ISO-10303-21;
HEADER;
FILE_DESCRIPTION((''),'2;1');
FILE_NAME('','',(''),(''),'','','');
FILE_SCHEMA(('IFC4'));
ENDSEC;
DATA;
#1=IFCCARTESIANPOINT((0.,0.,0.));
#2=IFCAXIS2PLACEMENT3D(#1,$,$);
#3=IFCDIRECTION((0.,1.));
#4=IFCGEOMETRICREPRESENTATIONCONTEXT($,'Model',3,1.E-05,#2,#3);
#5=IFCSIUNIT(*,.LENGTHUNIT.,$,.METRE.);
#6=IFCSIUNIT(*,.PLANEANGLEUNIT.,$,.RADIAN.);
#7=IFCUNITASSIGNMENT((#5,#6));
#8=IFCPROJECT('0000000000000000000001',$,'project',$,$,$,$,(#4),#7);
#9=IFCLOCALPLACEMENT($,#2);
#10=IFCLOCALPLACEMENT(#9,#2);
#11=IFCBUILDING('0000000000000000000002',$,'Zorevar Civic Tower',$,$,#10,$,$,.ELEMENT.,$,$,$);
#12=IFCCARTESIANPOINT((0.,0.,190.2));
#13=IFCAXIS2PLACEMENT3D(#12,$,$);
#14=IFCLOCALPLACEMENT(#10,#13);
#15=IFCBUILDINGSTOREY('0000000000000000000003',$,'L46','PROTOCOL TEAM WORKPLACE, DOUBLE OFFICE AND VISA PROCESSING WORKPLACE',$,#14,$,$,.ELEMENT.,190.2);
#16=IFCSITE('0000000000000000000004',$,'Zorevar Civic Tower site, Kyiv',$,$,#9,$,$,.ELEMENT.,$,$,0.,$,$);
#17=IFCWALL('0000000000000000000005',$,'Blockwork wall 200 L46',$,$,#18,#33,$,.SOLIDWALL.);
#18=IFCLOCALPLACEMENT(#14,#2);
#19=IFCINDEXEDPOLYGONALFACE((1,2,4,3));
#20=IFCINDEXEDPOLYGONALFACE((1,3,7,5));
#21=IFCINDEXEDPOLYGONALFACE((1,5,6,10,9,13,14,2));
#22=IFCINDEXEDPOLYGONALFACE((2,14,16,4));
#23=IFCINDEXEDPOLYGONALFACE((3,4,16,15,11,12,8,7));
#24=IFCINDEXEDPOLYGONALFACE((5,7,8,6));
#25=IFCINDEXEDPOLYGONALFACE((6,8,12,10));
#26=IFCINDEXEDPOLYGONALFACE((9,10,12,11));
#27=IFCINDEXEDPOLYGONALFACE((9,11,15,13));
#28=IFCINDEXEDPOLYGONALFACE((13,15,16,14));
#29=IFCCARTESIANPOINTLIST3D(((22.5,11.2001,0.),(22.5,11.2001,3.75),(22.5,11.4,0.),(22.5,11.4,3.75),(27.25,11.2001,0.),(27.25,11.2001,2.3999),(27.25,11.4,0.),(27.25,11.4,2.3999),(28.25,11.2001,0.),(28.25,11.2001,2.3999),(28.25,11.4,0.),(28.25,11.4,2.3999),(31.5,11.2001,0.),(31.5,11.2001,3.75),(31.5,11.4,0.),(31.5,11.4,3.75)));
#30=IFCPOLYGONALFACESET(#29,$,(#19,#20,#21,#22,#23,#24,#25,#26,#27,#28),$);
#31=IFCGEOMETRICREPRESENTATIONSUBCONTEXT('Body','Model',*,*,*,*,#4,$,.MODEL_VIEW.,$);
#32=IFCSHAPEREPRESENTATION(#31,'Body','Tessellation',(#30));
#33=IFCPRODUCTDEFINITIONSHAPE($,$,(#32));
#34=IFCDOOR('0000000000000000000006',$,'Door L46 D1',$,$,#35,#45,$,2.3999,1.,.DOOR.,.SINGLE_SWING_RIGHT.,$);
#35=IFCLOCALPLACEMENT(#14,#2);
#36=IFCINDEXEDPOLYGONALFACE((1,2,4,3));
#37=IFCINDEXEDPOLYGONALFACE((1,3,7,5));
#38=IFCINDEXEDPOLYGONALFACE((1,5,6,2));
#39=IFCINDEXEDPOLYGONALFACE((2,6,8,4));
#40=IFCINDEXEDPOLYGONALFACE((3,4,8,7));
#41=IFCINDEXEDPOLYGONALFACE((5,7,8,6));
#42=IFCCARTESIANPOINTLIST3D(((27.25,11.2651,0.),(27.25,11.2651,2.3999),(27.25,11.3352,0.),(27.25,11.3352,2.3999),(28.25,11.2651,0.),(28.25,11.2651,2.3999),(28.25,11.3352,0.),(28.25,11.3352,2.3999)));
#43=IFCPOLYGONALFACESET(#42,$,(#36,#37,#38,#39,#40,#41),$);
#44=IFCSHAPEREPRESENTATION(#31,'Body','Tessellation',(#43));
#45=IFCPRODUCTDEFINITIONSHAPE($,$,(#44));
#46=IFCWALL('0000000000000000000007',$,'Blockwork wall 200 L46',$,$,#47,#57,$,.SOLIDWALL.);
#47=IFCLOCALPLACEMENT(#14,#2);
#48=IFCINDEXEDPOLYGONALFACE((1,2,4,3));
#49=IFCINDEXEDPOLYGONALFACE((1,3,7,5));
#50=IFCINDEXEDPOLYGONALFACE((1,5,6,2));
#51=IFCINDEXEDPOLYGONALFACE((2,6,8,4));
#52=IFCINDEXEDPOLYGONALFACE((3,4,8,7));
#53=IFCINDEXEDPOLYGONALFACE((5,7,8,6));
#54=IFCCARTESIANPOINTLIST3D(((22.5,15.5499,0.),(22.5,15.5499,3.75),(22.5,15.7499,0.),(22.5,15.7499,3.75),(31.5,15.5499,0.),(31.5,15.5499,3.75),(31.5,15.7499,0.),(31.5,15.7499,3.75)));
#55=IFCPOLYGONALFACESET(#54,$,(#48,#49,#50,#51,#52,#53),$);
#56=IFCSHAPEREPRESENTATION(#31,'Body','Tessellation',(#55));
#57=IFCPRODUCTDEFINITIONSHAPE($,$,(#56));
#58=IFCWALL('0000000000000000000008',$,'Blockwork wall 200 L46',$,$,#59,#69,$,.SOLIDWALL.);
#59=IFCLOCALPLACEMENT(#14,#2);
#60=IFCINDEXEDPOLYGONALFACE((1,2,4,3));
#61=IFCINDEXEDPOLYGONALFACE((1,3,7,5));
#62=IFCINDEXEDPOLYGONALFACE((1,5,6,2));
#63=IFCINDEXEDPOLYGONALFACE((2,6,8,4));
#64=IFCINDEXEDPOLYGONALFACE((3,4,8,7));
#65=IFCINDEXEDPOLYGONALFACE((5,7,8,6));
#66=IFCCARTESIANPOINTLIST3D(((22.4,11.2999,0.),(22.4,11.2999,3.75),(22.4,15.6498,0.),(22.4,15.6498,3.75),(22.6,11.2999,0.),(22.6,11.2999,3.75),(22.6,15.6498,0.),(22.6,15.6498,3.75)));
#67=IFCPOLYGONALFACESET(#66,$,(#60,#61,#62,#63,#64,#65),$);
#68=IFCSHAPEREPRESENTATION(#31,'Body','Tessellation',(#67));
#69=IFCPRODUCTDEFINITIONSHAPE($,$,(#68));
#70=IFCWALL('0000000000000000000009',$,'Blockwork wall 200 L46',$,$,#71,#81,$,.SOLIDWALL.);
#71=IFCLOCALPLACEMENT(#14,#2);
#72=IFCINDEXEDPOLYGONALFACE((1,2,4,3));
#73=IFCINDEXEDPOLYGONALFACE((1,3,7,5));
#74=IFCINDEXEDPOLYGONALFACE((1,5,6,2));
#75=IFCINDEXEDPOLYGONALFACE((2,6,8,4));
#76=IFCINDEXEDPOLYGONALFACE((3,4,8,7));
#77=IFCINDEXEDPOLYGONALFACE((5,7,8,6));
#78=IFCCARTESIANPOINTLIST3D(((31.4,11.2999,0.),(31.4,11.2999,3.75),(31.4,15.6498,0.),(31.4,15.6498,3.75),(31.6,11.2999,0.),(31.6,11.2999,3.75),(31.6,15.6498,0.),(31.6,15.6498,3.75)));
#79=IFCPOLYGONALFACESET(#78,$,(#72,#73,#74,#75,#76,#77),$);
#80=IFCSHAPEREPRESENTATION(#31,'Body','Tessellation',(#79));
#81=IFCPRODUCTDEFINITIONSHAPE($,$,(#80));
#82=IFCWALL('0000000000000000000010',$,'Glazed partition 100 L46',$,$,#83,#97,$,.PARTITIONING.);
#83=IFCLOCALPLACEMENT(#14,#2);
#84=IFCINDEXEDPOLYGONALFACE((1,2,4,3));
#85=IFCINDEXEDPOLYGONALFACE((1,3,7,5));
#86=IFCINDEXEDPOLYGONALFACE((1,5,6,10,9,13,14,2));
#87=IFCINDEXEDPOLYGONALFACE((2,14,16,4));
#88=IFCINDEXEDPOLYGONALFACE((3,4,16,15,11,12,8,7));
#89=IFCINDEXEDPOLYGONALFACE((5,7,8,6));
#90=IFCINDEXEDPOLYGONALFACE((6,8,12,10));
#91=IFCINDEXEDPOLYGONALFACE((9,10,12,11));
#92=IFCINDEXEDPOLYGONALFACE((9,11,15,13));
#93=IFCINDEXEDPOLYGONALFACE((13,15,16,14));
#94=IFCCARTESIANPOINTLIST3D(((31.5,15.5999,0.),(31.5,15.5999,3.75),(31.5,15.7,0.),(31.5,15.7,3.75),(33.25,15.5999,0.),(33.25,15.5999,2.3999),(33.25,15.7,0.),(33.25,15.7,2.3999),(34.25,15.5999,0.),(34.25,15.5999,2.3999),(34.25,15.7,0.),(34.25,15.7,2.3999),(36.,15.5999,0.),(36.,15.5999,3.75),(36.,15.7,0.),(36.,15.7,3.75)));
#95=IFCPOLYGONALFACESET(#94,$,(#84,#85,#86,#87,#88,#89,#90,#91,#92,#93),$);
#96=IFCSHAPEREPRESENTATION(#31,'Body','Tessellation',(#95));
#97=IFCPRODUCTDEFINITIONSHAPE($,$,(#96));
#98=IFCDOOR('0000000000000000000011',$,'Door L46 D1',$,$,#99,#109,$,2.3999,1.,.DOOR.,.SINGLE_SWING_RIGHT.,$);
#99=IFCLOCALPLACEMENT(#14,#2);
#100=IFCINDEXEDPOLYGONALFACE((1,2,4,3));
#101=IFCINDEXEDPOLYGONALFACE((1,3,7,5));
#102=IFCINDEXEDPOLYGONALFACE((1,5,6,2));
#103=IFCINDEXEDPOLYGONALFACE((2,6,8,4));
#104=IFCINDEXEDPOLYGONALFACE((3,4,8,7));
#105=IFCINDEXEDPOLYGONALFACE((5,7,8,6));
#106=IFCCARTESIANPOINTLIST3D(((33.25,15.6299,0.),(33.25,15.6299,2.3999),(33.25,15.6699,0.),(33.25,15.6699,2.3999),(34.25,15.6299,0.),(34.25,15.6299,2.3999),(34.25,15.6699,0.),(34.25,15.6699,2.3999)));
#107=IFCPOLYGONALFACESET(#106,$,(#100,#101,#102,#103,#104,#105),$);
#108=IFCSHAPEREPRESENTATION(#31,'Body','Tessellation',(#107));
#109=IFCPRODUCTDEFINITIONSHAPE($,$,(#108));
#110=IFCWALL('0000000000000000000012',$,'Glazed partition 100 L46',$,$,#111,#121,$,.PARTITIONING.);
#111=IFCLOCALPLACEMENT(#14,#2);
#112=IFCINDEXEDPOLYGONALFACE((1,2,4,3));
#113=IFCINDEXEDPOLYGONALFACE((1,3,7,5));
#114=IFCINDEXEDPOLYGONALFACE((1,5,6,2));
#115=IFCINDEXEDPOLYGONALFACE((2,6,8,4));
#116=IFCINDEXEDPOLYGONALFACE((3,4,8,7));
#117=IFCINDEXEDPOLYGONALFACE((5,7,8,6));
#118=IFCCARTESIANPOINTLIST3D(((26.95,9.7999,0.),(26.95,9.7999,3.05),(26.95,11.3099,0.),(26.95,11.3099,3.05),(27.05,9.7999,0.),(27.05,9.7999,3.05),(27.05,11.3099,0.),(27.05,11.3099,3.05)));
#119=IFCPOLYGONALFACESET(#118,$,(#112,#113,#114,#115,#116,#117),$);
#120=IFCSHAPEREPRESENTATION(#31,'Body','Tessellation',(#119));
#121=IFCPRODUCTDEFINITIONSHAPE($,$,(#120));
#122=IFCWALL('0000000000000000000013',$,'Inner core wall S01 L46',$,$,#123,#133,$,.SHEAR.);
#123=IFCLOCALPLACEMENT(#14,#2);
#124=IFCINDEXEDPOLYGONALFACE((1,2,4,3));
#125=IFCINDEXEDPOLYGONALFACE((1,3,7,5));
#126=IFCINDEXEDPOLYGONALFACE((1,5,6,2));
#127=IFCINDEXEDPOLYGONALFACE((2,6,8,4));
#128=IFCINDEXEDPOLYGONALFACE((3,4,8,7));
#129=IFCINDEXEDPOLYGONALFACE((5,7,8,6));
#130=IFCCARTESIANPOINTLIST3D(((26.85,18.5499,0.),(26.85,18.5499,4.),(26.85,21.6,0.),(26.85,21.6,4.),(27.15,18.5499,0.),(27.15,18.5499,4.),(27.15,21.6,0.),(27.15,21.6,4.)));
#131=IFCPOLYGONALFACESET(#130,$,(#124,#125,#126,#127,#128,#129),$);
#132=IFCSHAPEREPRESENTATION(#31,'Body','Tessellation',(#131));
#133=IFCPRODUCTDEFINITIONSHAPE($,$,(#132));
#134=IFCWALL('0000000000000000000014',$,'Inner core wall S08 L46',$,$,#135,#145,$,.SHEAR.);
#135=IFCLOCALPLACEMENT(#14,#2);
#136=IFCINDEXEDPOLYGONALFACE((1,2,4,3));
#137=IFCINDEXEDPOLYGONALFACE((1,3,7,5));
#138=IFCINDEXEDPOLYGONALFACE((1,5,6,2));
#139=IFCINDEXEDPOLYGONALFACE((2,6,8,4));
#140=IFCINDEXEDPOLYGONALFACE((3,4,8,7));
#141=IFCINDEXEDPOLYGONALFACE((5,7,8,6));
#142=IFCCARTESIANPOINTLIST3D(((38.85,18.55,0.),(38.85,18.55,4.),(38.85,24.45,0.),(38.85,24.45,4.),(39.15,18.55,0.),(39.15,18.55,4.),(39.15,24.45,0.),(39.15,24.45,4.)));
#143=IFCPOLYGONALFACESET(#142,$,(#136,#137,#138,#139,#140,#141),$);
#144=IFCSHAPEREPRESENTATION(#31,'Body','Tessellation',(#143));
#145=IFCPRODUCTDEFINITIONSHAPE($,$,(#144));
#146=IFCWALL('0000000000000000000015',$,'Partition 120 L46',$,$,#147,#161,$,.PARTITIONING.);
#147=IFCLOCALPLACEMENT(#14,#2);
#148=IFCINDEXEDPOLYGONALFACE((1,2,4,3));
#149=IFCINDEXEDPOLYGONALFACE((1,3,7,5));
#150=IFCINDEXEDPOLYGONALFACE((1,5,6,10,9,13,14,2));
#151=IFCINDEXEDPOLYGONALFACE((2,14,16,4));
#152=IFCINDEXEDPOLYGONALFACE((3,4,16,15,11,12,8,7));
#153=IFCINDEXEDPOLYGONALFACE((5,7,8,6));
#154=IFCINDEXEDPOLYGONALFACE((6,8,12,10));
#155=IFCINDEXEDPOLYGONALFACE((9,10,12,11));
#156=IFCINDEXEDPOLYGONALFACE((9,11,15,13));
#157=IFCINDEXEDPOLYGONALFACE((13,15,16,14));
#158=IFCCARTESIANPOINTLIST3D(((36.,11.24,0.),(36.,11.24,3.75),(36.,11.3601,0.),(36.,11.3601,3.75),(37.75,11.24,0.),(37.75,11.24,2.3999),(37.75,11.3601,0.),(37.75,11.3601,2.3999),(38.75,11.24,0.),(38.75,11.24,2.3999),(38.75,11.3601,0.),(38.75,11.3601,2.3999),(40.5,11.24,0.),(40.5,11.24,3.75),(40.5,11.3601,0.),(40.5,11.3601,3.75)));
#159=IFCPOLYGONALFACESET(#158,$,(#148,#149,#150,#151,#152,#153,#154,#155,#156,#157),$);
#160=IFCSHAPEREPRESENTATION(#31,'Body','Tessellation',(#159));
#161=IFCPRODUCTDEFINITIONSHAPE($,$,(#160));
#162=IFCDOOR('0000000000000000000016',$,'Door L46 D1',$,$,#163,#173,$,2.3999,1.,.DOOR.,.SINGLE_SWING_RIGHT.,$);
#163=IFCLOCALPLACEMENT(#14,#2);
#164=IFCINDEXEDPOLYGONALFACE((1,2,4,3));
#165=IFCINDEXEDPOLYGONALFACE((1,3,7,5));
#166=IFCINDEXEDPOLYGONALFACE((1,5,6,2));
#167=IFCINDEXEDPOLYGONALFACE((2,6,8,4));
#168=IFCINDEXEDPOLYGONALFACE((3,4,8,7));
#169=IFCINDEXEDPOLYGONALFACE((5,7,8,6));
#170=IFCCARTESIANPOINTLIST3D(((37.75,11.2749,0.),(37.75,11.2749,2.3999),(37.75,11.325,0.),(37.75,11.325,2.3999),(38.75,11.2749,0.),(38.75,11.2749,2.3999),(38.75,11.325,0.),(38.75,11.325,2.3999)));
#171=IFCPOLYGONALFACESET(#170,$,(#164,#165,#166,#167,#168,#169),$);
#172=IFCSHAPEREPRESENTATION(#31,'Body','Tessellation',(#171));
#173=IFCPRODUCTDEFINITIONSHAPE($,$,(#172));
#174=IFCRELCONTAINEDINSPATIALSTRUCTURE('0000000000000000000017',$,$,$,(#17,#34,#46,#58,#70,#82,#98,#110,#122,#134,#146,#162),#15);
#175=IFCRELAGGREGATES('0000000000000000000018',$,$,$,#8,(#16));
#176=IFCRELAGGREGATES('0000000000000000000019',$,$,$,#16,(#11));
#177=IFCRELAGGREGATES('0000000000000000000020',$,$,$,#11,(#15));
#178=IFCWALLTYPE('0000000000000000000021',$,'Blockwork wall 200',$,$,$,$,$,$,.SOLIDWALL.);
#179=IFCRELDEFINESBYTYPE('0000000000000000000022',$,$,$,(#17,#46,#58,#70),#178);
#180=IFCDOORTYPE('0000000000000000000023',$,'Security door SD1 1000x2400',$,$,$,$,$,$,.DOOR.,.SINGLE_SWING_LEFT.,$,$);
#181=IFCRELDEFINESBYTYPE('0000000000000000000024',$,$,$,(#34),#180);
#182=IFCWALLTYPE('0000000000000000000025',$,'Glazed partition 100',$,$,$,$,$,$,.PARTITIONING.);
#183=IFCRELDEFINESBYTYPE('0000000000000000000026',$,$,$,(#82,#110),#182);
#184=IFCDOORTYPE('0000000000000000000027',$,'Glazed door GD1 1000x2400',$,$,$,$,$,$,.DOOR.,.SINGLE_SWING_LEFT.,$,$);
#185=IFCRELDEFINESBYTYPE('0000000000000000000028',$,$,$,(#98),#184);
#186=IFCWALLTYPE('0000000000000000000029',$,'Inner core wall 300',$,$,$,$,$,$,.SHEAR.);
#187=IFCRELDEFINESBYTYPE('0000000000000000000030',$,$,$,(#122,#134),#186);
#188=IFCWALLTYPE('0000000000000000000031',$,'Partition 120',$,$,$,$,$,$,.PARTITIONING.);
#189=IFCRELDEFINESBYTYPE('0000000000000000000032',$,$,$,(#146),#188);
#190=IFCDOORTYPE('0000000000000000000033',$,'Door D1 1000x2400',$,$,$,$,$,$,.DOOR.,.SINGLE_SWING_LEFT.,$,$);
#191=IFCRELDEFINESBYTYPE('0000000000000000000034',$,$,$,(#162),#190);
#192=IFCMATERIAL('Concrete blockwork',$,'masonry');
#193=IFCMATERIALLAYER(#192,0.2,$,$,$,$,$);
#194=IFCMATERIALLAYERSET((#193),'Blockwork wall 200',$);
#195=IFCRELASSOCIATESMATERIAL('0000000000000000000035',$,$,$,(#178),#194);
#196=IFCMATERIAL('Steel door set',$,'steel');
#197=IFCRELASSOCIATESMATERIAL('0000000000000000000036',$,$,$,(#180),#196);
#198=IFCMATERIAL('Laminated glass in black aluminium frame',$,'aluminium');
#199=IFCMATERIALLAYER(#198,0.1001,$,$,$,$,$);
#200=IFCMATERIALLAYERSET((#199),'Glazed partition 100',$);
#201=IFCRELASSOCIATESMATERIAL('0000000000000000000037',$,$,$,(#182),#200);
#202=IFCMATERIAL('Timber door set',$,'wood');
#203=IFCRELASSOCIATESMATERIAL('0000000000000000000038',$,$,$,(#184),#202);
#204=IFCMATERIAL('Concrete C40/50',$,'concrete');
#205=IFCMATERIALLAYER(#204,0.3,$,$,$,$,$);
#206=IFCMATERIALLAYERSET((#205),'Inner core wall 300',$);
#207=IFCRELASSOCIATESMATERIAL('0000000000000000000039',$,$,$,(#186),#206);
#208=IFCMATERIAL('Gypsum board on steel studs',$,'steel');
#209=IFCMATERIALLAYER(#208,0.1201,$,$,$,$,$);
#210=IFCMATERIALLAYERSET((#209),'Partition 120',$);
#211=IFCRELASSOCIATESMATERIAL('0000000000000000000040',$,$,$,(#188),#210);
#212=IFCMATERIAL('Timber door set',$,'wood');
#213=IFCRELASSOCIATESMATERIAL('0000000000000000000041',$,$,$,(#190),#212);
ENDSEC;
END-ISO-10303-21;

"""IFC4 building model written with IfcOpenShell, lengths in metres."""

from ifc_helpers import new_model, si_unit, direction, frame, frame_2d, origin, place, context, subcontext, project, spatial, rectangle, extrude, material, layer, layer_set, type_object, element, fill, save


model = new_model("IFC4")

# Units and contexts
model_context = context("Model", 3, precision=1e-05, world=origin(), true_north=direction((0.0, 1.0)))
body_context = subcontext(model_context, "Body", "Model", "MODEL_VIEW")
ifc_project = project(units=[si_unit("LENGTHUNIT", "METRE"), si_unit("PLANEANGLEUNIT", "RADIAN")], contexts=[model_context])

# Site, building, storey
site_placement = place(None, origin())
site = spatial("IfcSite", under=ifc_project, at=site_placement, Name="Zorevar Civic Tower site, Kyiv", CompositionType="ELEMENT", RefElevation=0.0)
building_placement = place(site_placement, origin())
building = spatial("IfcBuilding", under=site, at=building_placement, Name="Zorevar Civic Tower", CompositionType="ELEMENT")
storey_placement = place(building_placement, frame((0.0, 0.0, 190.2)))
storey = spatial("IfcBuildingStorey", under=building, at=storey_placement, Name="L46", Description="PROTOCOL TEAM WORKPLACE, DOUBLE OFFICE AND VISA PROCESSING WORKPLACE", CompositionType="ELEMENT", Elevation=190.2)

# Wall, opening, door
ifc_material_1 = material(Name="Concrete blockwork", Category="masonry")
ifc_layer_1 = layer(ifc_material_1, 0.2)
ifc_layer_set_1 = layer_set([ifc_layer_1], Name="Blockwork wall 200")
wall_type_1 = type_object("IfcWallType", Name="Blockwork wall 200", PredefinedType="SOLIDWALL", material=ifc_layer_set_1)
wall_1_placement = place(storey_placement, frame((22.5, 11.3, 0.0), z_axis=(0.0, 0.0, 1.0), x_axis=(1.0, 0.0, 0.0)))
wall_1 = element("IfcWall", 1, at=wall_1_placement, inside=storey, type_object=wall_type_1, Name="Blockwork wall 200 L46", PredefinedType="SOLIDWALL", context=body_context, shape_type="SweptSolid", body=[
    extrude(rectangle(XDim=9.0, YDim=0.2, at=frame_2d((4.5, 0.0))), origin(), (0.0, 0.0, 1.0), 3.75),
])
opening_1_placement = place(wall_1_placement, frame((4.75, 0.0, 0.0)))
opening_1 = element("IfcOpeningElement", 2, at=opening_1_placement, cuts=wall_1, PredefinedType="OPENING", context=body_context, shape_type="SweptSolid", body=[
    extrude(rectangle(XDim=1.0, YDim=2.3999, at=frame_2d((0.5, 1.2))), frame((0.0, 0.1099, 0.0), z_axis=(0.0, -1.0, 0.0), x_axis=(1.0, 0.0, 0.0)), (0.0, 0.0, 1.0), 0.22),
])
ifc_material_2 = material(Name="Steel door set", Category="steel")
door_type_1 = type_object("IfcDoorType", Name="Security door SD1 1000x2400", OperationType="SINGLE_SWING_LEFT", PredefinedType="DOOR", material=ifc_material_2)
door_1_placement = place(opening_1_placement, origin())
door_1 = element("IfcDoor", 3, at=door_1_placement, inside=storey, type_object=door_type_1, Name="Door L46 D1", OperationType="SINGLE_SWING_RIGHT", OverallHeight=2.3999, OverallWidth=1.0, PredefinedType="DOOR", context=body_context, shape_type="SweptSolid", body=[
    extrude(rectangle(XDim=1.0, YDim=2.3999, at=frame_2d((0.5, 1.2))), frame((0.0, 0.0352, 0.0), z_axis=(0.0, -1.0, 0.0), x_axis=(1.0, 0.0, 0.0)), (0.0, 0.0, 1.0), 0.0701),
])
fill(opening_1, door_1)

# Walls
wall_2_placement = place(storey_placement, frame((22.5, 15.6499, 0.0), z_axis=(0.0, 0.0, 1.0), x_axis=(1.0, 0.0, 0.0)))
element("IfcWall", 4, at=wall_2_placement, inside=storey, type_object=wall_type_1, Name="Blockwork wall 200 L46", PredefinedType="SOLIDWALL", context=body_context, shape_type="SweptSolid", body=[
    extrude(rectangle(XDim=9.0, YDim=0.2, at=frame_2d((4.5, 0.0))), origin(), (0.0, 0.0, 1.0), 3.75),
])
for number, where, z_axis, x_axis, name in (
    (5, (22.5, 11.3, 0.0), (0.0, 0.0, 1.0), (0.0, 1.0, 0.0), "Blockwork wall 200 L46"),
    (6, (31.5, 11.3, 0.0), (0.0, 0.0, 1.0), (0.0, 1.0, 0.0), "Blockwork wall 200 L46"),
):
    element("IfcWall", number, at=place(storey_placement, frame(where, z_axis=z_axis, x_axis=x_axis)), inside=storey, type_object=wall_type_1, Name=name, PredefinedType="SOLIDWALL", context=body_context, shape_type="SweptSolid", body=[
        extrude(rectangle(XDim=4.3499, YDim=0.2, at=frame_2d((2.1748, 0.0))), origin(), (0.0, 0.0, 1.0), 3.75),
    ])

# Wall, opening, door
ifc_material_3 = material(Name="Laminated glass in black aluminium frame", Category="aluminium")
ifc_layer_2 = layer(ifc_material_3, 0.1001)
ifc_layer_set_2 = layer_set([ifc_layer_2], Name="Glazed partition 100")
wall_type_2 = type_object("IfcWallType", Name="Glazed partition 100", PredefinedType="PARTITIONING", material=ifc_layer_set_2)
wall_3_placement = place(storey_placement, frame((31.5, 15.6499, 0.0), z_axis=(0.0, 0.0, 1.0), x_axis=(1.0, 0.0, 0.0)))
wall_3 = element("IfcWall", 7, at=wall_3_placement, inside=storey, type_object=wall_type_2, Name="Glazed partition 100 L46", PredefinedType="PARTITIONING", context=body_context, shape_type="SweptSolid", body=[
    extrude(rectangle(XDim=4.5, YDim=0.1001, at=frame_2d((2.25, 0.0))), origin(), (0.0, 0.0, 1.0), 3.75),
])
opening_2_placement = place(wall_3_placement, frame((1.75, 0.0, 0.0)))
opening_2 = element("IfcOpeningElement", 8, at=opening_2_placement, cuts=wall_3, PredefinedType="OPENING", context=body_context, shape_type="SweptSolid", body=[
    extrude(rectangle(XDim=1.0, YDim=2.3999, at=frame_2d((0.5, 1.2))), frame((0.0, 0.0601, 0.0), z_axis=(0.0, -1.0, 0.0), x_axis=(1.0, 0.0, 0.0)), (0.0, 0.0, 1.0), 0.1201),
])
ifc_material_4 = material(Name="Timber door set", Category="wood")
door_type_2 = type_object("IfcDoorType", Name="Glazed door GD1 1000x2400", OperationType="SINGLE_SWING_LEFT", PredefinedType="DOOR", material=ifc_material_4)
door_2_placement = place(opening_2_placement, origin())
door_2 = element("IfcDoor", 9, at=door_2_placement, inside=storey, type_object=door_type_2, Name="Door L46 D1", OperationType="SINGLE_SWING_RIGHT", OverallHeight=2.3999, OverallWidth=1.0, PredefinedType="DOOR", context=body_context, shape_type="SweptSolid", body=[
    extrude(rectangle(XDim=1.0, YDim=2.3999, at=frame_2d((0.5, 1.2))), frame((0.0, 0.02, 0.0), z_axis=(0.0, -1.0, 0.0), x_axis=(1.0, 0.0, 0.0)), (0.0, 0.0, 1.0), 0.04),
])
fill(opening_2, door_2)

# Walls
wall_4_placement = place(storey_placement, frame((27.0, 9.8, 0.0), z_axis=(0.0, 0.0, 1.0), x_axis=(0.0, 1.0, 0.0)))
element("IfcWall", 10, at=wall_4_placement, inside=storey, type_object=wall_type_2, Name="Glazed partition 100 L46", PredefinedType="PARTITIONING", context=body_context, shape_type="SweptSolid", body=[
    extrude(rectangle(XDim=1.51, YDim=0.1001, at=frame_2d((0.7549, 0.0))), origin(), (0.0, 0.0, 1.0), 3.05),
])
ifc_material_5 = material(Name="Concrete C40/50", Category="concrete")
ifc_layer_3 = layer(ifc_material_5, 0.3)
ifc_layer_set_3 = layer_set([ifc_layer_3], Name="Inner core wall 300")
wall_type_3 = type_object("IfcWallType", Name="Inner core wall 300", PredefinedType="SHEAR", material=ifc_layer_set_3)
wall_5_placement = place(storey_placement, frame((27.0, 18.55, 0.0), z_axis=(0.0, 0.0, 1.0), x_axis=(0.0, 1.0, 0.0)))
element("IfcWall", 11, at=wall_5_placement, inside=storey, type_object=wall_type_3, Name="Inner core wall S01 L46", PredefinedType="SHEAR", context=body_context, shape_type="SweptSolid", body=[
    extrude(rectangle(XDim=3.05, YDim=0.3, at=frame_2d((1.5249, 0.0))), origin(), (0.0, 0.0, 1.0), 4.0),
])
wall_6_placement = place(storey_placement, frame((39.0, 18.55, 0.0), z_axis=(0.0, 0.0, 1.0), x_axis=(0.0, 1.0, 0.0)))
element("IfcWall", 12, at=wall_6_placement, inside=storey, type_object=wall_type_3, Name="Inner core wall S08 L46", PredefinedType="SHEAR", context=body_context, shape_type="SweptSolid", body=[
    extrude(rectangle(XDim=5.8999, YDim=0.3, at=frame_2d((2.95, 0.0))), origin(), (0.0, 0.0, 1.0), 4.0),
])

# Wall, opening, door
ifc_material_6 = material(Name="Gypsum board on steel studs", Category="steel")
ifc_layer_4 = layer(ifc_material_6, 0.1201)
ifc_layer_set_4 = layer_set([ifc_layer_4], Name="Partition 120")
wall_type_4 = type_object("IfcWallType", Name="Partition 120", PredefinedType="PARTITIONING", material=ifc_layer_set_4)
wall_7_placement = place(storey_placement, frame((36.0, 11.3, 0.0), z_axis=(0.0, 0.0, 1.0), x_axis=(1.0, 0.0, 0.0)))
wall_7 = element("IfcWall", 13, at=wall_7_placement, inside=storey, type_object=wall_type_4, Name="Partition 120 L46", PredefinedType="PARTITIONING", context=body_context, shape_type="SweptSolid", body=[
    extrude(rectangle(XDim=4.5, YDim=0.1201, at=frame_2d((2.25, 0.0))), origin(), (0.0, 0.0, 1.0), 3.75),
])
opening_3_placement = place(wall_7_placement, frame((1.75, 0.0, 0.0)))
opening_3 = element("IfcOpeningElement", 14, at=opening_3_placement, cuts=wall_7, PredefinedType="OPENING", context=body_context, shape_type="SweptSolid", body=[
    extrude(rectangle(XDim=1.0, YDim=2.3999, at=frame_2d((0.5, 1.2))), frame((0.0, 0.0701, 0.0), z_axis=(0.0, -1.0, 0.0), x_axis=(1.0, 0.0, 0.0)), (0.0, 0.0, 1.0), 0.1401),
])
ifc_material_7 = material(Name="Timber door set", Category="wood")
door_type_3 = type_object("IfcDoorType", Name="Door D1 1000x2400", OperationType="SINGLE_SWING_LEFT", PredefinedType="DOOR", material=ifc_material_7)
door_3_placement = place(opening_3_placement, origin())
door_3 = element("IfcDoor", 15, at=door_3_placement, inside=storey, type_object=door_type_3, Name="Door L46 D1", OperationType="SINGLE_SWING_RIGHT", OverallHeight=2.3999, OverallWidth=1.0, PredefinedType="DOOR", context=body_context, shape_type="SweptSolid", body=[
    extrude(rectangle(XDim=1.0, YDim=2.3999, at=frame_2d((0.5, 1.2))), frame((0.0, 0.0249, 0.0), z_axis=(0.0, -1.0, 0.0), x_axis=(1.0, 0.0, 0.0)), (0.0, 0.0, 1.0), 0.05),
])
fill(opening_3, door_3)

save(model, "model.ifc")
